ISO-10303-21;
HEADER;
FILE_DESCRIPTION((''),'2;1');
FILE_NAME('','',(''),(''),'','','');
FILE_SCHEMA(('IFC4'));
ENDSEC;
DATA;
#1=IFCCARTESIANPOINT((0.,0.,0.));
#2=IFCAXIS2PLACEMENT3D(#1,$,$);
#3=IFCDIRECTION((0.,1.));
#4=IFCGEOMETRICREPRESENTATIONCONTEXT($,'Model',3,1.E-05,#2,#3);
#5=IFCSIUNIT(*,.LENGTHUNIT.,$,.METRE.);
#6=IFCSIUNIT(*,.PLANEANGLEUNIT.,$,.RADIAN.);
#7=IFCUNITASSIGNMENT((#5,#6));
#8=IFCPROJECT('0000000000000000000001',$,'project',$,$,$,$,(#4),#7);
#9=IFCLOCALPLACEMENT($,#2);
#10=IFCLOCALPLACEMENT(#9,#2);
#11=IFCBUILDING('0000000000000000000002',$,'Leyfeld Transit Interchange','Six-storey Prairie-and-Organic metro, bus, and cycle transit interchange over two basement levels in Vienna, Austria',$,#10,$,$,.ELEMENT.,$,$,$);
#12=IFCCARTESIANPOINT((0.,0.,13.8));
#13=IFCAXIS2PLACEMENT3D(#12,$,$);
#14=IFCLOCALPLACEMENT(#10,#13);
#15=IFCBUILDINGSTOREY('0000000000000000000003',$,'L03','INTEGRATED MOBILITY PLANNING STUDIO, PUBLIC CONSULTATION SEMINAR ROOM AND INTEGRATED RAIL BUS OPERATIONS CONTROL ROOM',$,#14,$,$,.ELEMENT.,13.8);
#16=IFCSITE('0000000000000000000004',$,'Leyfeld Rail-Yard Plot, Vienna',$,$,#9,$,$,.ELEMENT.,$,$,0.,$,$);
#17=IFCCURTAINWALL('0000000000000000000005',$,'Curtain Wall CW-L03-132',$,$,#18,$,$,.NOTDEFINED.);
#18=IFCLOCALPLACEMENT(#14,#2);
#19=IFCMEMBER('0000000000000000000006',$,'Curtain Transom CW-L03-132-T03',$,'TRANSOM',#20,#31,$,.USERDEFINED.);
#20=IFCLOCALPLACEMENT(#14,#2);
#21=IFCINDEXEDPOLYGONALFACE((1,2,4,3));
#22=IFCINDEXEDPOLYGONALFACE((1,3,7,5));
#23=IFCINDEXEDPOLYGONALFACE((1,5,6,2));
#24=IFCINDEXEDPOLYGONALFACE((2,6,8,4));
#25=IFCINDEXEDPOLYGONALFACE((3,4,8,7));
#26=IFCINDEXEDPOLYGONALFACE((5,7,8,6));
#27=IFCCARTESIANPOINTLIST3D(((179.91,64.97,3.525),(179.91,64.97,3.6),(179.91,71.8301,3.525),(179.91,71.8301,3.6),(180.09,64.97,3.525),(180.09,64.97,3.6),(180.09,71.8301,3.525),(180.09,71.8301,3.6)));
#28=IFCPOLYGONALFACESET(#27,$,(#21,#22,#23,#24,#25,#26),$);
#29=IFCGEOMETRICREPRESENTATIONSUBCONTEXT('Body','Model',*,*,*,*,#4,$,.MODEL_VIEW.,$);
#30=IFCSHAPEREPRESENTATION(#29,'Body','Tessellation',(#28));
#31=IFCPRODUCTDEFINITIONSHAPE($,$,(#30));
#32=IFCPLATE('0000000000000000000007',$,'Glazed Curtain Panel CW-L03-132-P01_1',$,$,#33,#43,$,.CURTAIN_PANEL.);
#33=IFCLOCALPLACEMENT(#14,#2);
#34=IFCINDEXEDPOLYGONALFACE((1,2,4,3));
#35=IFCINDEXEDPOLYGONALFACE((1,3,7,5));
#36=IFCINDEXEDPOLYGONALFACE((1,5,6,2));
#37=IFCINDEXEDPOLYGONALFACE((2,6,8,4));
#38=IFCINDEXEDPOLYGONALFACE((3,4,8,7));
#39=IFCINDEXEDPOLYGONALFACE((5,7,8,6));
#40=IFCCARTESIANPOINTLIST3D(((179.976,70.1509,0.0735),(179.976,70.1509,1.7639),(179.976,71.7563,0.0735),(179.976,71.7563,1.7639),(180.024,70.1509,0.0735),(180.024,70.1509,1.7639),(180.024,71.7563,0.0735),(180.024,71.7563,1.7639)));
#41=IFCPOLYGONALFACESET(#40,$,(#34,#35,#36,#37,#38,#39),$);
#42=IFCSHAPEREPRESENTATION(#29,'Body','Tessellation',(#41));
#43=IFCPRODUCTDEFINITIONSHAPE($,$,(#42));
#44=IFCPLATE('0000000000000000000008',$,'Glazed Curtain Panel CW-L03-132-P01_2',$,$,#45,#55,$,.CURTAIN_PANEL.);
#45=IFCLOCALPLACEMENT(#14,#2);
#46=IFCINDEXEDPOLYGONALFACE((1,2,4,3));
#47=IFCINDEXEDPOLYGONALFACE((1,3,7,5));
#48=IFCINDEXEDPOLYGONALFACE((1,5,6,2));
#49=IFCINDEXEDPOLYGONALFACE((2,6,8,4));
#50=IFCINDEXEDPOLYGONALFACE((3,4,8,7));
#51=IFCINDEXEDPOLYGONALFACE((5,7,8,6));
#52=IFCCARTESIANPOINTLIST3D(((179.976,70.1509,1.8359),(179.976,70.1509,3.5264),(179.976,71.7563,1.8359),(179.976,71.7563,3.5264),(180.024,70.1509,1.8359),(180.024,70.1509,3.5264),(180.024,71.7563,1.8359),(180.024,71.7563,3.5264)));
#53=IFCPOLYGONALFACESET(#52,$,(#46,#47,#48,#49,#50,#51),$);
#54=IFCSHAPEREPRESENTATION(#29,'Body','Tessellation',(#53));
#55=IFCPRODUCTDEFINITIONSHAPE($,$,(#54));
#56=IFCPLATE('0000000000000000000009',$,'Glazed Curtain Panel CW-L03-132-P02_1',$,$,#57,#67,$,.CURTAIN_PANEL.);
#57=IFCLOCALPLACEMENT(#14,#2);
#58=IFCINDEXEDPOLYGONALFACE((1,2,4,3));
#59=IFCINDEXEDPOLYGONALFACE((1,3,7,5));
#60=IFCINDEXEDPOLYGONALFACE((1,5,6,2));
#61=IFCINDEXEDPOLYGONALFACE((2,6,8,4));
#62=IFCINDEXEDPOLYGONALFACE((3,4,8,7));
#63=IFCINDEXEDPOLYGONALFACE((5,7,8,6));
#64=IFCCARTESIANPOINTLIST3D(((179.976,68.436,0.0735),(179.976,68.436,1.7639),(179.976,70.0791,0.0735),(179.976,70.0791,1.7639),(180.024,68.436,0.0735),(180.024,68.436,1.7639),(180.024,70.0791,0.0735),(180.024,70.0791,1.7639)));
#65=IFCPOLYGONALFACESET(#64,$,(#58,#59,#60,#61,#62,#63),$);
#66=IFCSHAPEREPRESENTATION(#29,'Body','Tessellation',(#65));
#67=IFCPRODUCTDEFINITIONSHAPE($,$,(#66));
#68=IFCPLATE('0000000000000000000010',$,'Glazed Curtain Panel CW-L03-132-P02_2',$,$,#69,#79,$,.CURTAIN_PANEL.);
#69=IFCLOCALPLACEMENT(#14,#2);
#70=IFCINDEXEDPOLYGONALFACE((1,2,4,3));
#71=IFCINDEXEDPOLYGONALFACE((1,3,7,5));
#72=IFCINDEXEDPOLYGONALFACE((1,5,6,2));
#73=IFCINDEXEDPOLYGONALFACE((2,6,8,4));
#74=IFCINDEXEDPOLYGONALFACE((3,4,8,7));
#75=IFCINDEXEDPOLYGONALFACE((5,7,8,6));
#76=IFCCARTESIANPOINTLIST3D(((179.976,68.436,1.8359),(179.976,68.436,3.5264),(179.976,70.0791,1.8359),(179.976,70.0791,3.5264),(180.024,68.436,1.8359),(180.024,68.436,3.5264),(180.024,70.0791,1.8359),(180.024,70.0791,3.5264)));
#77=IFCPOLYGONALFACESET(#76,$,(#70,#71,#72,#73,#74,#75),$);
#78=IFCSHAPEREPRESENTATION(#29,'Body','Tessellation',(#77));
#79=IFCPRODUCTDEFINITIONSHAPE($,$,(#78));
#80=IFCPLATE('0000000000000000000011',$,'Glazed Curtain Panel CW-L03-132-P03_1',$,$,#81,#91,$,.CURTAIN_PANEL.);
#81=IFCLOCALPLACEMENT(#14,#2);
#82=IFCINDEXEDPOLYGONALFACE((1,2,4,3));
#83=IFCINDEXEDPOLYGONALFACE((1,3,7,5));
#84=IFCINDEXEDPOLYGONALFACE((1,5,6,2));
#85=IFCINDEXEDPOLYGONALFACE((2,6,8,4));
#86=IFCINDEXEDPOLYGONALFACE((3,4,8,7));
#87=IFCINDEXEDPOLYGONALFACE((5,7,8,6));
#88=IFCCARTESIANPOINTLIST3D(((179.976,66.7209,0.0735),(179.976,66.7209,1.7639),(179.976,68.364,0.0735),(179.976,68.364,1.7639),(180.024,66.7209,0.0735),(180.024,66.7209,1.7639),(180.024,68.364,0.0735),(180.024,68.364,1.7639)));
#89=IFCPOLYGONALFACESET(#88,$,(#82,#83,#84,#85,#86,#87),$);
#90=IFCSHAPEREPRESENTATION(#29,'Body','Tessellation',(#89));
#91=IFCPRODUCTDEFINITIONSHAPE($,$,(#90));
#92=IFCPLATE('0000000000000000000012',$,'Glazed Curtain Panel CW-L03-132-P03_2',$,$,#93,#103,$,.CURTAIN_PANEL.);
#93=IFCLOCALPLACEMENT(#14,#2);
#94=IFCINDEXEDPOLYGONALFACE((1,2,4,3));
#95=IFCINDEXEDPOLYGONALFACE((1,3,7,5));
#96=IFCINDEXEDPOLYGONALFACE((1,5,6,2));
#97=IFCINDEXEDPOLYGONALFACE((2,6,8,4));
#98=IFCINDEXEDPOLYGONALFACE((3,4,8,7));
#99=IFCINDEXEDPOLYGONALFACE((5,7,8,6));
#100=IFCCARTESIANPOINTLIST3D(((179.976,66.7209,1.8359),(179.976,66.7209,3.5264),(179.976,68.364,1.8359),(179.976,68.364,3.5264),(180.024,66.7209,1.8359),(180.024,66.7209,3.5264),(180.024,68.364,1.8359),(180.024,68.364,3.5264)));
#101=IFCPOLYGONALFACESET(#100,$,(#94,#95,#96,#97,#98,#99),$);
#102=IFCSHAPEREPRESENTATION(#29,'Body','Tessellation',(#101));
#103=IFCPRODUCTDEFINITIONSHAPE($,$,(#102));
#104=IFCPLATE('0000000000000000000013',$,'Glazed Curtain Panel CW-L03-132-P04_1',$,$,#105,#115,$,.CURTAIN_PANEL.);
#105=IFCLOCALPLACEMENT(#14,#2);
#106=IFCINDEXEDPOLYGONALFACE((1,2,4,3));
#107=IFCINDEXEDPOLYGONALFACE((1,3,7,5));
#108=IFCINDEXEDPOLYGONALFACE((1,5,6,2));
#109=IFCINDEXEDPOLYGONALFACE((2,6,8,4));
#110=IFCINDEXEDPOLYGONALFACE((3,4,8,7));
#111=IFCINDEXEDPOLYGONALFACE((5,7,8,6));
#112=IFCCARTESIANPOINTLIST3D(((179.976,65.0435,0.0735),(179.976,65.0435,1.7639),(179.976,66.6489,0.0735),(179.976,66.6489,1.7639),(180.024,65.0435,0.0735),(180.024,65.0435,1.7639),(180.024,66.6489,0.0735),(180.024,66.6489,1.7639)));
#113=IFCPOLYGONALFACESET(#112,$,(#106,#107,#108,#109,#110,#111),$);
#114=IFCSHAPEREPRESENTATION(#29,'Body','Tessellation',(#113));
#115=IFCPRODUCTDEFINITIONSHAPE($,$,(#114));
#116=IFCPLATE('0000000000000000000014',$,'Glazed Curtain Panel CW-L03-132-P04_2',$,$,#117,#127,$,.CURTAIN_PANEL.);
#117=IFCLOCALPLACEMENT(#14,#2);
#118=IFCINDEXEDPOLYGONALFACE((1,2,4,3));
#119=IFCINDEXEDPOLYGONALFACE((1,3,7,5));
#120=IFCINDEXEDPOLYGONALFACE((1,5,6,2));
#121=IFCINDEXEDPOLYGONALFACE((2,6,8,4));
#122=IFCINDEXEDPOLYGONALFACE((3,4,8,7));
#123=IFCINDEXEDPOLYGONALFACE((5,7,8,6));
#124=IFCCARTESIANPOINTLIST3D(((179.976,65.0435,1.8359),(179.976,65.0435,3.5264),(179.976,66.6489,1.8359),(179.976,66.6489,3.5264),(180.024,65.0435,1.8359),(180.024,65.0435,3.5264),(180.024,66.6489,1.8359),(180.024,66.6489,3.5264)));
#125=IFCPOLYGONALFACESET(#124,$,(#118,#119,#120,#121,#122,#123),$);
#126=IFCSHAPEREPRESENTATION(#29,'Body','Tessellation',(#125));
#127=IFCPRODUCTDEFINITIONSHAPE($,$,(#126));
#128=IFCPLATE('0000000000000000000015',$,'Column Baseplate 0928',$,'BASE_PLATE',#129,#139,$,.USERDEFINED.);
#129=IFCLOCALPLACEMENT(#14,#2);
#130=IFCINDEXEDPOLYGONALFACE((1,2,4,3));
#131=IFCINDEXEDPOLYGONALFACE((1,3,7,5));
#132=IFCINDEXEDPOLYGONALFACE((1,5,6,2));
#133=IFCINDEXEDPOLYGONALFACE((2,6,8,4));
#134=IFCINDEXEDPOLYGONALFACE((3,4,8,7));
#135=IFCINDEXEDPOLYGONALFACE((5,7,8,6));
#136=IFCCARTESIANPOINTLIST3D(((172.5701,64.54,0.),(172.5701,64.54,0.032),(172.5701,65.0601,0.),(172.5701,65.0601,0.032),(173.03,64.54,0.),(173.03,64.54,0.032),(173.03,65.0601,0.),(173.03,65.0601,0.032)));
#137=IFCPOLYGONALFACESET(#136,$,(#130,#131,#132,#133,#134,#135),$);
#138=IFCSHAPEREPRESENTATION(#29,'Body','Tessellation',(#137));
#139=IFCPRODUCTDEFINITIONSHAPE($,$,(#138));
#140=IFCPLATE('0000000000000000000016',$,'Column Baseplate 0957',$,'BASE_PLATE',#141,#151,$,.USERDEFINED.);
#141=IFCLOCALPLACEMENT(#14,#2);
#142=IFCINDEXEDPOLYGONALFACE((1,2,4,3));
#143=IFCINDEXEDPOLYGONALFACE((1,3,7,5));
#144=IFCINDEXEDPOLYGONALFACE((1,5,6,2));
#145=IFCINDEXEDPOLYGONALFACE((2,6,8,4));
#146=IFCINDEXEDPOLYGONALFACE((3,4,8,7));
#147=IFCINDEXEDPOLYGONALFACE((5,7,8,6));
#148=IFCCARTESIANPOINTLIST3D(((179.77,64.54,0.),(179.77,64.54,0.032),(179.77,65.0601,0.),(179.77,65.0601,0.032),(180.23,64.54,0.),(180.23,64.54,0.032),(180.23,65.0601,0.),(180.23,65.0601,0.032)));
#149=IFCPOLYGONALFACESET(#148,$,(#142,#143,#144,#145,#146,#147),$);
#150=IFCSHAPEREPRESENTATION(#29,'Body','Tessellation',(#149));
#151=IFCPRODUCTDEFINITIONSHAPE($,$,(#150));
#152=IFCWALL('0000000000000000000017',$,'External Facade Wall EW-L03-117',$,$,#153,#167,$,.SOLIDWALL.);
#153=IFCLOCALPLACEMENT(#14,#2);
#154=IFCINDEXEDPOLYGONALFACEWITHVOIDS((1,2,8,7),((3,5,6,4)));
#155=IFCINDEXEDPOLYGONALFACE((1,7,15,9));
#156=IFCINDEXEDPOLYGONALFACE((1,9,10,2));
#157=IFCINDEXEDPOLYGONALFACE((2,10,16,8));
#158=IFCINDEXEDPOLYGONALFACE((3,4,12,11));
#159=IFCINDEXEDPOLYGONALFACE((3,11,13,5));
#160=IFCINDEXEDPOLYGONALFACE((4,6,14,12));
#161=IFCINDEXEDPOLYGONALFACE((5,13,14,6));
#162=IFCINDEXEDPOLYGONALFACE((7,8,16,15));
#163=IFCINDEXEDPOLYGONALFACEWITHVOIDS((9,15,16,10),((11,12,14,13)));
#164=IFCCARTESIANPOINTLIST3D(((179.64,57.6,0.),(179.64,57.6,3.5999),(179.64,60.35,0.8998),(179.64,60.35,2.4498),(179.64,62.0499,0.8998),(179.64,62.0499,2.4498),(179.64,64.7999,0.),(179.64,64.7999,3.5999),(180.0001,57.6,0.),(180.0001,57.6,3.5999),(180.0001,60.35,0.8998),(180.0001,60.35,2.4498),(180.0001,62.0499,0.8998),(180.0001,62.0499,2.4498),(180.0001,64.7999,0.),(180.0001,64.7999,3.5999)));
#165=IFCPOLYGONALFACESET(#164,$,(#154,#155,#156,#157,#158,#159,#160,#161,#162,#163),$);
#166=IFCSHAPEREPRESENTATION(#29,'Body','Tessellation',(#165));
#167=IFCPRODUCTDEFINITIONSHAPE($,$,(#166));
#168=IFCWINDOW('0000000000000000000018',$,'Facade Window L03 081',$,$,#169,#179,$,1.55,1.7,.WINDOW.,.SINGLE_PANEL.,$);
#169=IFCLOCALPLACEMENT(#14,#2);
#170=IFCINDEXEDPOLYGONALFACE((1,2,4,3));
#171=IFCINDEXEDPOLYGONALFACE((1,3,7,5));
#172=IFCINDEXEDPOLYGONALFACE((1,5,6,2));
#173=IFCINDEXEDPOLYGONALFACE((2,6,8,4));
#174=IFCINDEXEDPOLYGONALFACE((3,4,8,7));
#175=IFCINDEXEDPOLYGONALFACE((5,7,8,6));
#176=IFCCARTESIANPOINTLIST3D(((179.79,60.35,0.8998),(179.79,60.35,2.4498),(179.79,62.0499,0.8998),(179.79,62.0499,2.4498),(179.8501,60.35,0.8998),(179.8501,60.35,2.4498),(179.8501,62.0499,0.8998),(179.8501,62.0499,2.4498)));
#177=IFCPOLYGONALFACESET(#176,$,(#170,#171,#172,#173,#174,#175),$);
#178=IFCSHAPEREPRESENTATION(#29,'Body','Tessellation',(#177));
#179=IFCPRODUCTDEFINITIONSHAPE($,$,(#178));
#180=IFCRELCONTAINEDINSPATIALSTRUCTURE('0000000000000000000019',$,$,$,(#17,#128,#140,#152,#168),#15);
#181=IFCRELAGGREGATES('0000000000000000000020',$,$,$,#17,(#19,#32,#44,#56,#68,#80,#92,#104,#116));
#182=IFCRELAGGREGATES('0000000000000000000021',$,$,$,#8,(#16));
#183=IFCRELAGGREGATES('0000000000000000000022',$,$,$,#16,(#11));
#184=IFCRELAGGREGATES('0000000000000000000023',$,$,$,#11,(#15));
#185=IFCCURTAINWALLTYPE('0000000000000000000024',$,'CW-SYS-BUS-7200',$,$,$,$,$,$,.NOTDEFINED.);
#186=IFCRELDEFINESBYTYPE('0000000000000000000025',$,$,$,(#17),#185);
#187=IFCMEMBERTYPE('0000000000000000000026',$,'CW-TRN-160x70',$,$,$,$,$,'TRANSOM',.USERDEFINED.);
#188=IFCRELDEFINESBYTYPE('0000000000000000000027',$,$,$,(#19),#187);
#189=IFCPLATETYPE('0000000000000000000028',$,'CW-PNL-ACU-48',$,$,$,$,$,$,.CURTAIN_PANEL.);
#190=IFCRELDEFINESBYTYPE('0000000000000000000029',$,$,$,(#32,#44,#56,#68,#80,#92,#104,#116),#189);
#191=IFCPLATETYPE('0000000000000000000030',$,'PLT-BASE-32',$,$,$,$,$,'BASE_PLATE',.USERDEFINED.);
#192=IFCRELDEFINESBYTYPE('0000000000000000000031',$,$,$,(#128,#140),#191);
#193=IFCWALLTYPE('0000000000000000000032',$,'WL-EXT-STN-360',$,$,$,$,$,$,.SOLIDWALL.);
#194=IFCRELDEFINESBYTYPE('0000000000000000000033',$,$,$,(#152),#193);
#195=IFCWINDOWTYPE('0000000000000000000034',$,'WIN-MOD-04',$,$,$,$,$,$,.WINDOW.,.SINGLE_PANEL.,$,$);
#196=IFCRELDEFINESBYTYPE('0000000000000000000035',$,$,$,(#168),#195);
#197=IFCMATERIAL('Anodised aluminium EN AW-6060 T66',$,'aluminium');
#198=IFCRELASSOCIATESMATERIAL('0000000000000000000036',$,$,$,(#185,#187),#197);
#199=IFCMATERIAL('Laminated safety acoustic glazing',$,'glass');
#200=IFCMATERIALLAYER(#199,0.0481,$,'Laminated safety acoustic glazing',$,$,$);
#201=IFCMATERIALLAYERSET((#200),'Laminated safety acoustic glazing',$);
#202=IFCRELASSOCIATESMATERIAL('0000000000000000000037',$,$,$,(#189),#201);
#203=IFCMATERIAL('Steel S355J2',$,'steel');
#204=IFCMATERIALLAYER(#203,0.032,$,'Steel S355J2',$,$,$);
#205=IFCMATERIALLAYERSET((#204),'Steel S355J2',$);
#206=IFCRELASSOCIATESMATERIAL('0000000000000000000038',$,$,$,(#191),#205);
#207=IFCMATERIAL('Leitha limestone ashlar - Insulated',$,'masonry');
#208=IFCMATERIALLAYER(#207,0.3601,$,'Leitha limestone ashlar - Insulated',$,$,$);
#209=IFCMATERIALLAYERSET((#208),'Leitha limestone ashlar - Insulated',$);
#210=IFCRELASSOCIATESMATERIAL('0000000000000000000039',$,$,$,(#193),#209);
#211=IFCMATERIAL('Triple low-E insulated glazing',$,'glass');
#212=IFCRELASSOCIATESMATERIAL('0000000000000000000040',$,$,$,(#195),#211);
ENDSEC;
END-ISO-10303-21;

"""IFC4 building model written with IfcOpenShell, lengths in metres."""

from ifc_helpers import new_model, si_unit, direction, frame, frame_2d, origin, origin_2d, place, context, subcontext, project, spatial, rectangle, extrude, material, layer, layer_set, material_profile, profile_set, type_object, element, fill, aggregate, save


model = new_model("IFC4")

# Units and contexts
model_context = context("Model", 3, precision=1e-05, world=origin(), true_north=direction((0.0, 1.0)))
body_context = subcontext(model_context, "Body", "Model", "MODEL_VIEW")
ifc_project = project(units=[si_unit("LENGTHUNIT", "METRE"), si_unit("PLANEANGLEUNIT", "RADIAN")], contexts=[model_context])

# Site, building, storey
site_placement = place(None, origin())
site = spatial("IfcSite", under=ifc_project, at=site_placement, Name="Leyfeld Rail-Yard Plot, Vienna", CompositionType="ELEMENT", RefElevation=0.0)
building_placement = place(site_placement, origin())
building = spatial("IfcBuilding", under=site, at=building_placement, Name="Leyfeld Transit Interchange", Description="Six-storey Prairie-and-Organic metro, bus, and cycle transit interchange over two basement levels in Vienna, Austria", CompositionType="ELEMENT")
storey_placement = place(building_placement, frame((0.0, 0.0, 13.8)))
storey = spatial("IfcBuildingStorey", under=building, at=storey_placement, Name="L03", Description="INTEGRATED MOBILITY PLANNING STUDIO, PUBLIC CONSULTATION SEMINAR ROOM AND INTEGRATED RAIL BUS OPERATIONS CONTROL ROOM", CompositionType="ELEMENT", Elevation=13.8)

# Shared definitions
ifc_material_1 = material(Name="Steel S355J2", Category="steel")

# Curtain wall, member, plates
ifc_material_2 = material(Name="Anodised aluminium EN AW-6060 T66", Category="aluminium")
curtain_wall_type = type_object("IfcCurtainWallType", Name="CW-SYS-BUS-7200", PredefinedType="NOTDEFINED", material=ifc_material_2)
curtain_wall_placement = place(storey_placement, origin())
curtain_wall = element("IfcCurtainWall", 1, at=curtain_wall_placement, inside=storey, type_object=curtain_wall_type, Name="Curtain Wall CW-L03-132", PredefinedType="NOTDEFINED")
ifc_material_profile_1 = material_profile(ifc_material_2, rectangle(XDim=0.1799, YDim=0.075, at=origin_2d()), Name="CW-TRN-160x70")
ifc_profile_set_1 = profile_set([ifc_material_profile_1], Name="Anodised aluminium EN AW-6060 T66")
member_type_1 = type_object("IfcMemberType", Name="CW-TRN-160x70", ElementType="TRANSOM", PredefinedType="USERDEFINED", material=ifc_profile_set_1)
member_1_placement = place(storey_placement, frame((180.0, 71.8301, 3.5625), z_axis=(0.0, -1.0, 0.0), x_axis=(1.0, 0.0, 0.0)))
member_1 = element("IfcMember", 2, at=member_1_placement, type_object=member_type_1, Name="Curtain Transom CW-L03-132-T03", ObjectType="TRANSOM", PredefinedType="USERDEFINED", context=body_context, shape_type="SweptSolid", body=[
    extrude(rectangle(XDim=0.1799, YDim=0.075, at=origin_2d()), origin(), (0.0, 0.0, 1.0), 6.8601),
])
ifc_material_3 = material(Name="Laminated safety acoustic glazing", Category="glass")
ifc_layer_1 = layer(ifc_material_3, 0.0481, Name="Laminated safety acoustic glazing")
ifc_layer_set_1 = layer_set([ifc_layer_1], Name="Laminated safety acoustic glazing")
plate_type_1 = type_object("IfcPlateType", Name="CW-PNL-ACU-48", PredefinedType="CURTAIN_PANEL", material=ifc_layer_set_1)
plate_1_placement = place(storey_placement, frame((180.0, 70.9536, 0.0735), z_axis=(0.0, 0.0, 1.0), x_axis=(0.0, -1.0, 0.0)))
plate_1 = element("IfcPlate", 3, at=plate_1_placement, type_object=plate_type_1, Name="Glazed Curtain Panel CW-L03-132-P01_1", PredefinedType="CURTAIN_PANEL", context=body_context, shape_type="SweptSolid", body=[
    extrude(rectangle(XDim=1.6055, YDim=0.0481, at=origin_2d()), origin(), (0.0, 0.0, 1.0), 1.6904),
])
plate_2_placement = place(storey_placement, frame((180.0, 70.9536, 1.8359), z_axis=(0.0, 0.0, 1.0), x_axis=(0.0, -1.0, 0.0)))
plate_2 = element("IfcPlate", 4, at=plate_2_placement, type_object=plate_type_1, Name="Glazed Curtain Panel CW-L03-132-P01_2", PredefinedType="CURTAIN_PANEL", context=body_context, shape_type="SweptSolid", body=[
    extrude(rectangle(XDim=1.6055, YDim=0.0481, at=origin_2d()), origin(), (0.0, 0.0, 1.0), 1.6904),
])
plate_3_placement = place(storey_placement, frame((180.0, 69.2576, 0.0735), z_axis=(0.0, 0.0, 1.0), x_axis=(0.0, -1.0, 0.0)))
plate_3 = element("IfcPlate", 5, at=plate_3_placement, type_object=plate_type_1, Name="Glazed Curtain Panel CW-L03-132-P02_1", PredefinedType="CURTAIN_PANEL", context=body_context, shape_type="SweptSolid", body=[
    extrude(rectangle(XDim=1.6431, YDim=0.0481, at=origin_2d()), origin(), (0.0, 0.0, 1.0), 1.6904),
])
plate_4_placement = place(storey_placement, frame((180.0, 69.2576, 1.8359), z_axis=(0.0, 0.0, 1.0), x_axis=(0.0, -1.0, 0.0)))
plate_4 = element("IfcPlate", 6, at=plate_4_placement, type_object=plate_type_1, Name="Glazed Curtain Panel CW-L03-132-P02_2", PredefinedType="CURTAIN_PANEL", context=body_context, shape_type="SweptSolid", body=[
    extrude(rectangle(XDim=1.6431, YDim=0.0481, at=origin_2d()), origin(), (0.0, 0.0, 1.0), 1.6904),
])
plate_5_placement = place(storey_placement, frame((180.0, 67.5425, 0.0735), z_axis=(0.0, 0.0, 1.0), x_axis=(0.0, -1.0, 0.0)))
plate_5 = element("IfcPlate", 7, at=plate_5_placement, type_object=plate_type_1, Name="Glazed Curtain Panel CW-L03-132-P03_1", PredefinedType="CURTAIN_PANEL", context=body_context, shape_type="SweptSolid", body=[
    extrude(rectangle(XDim=1.6431, YDim=0.0481, at=origin_2d()), origin(), (0.0, 0.0, 1.0), 1.6904),
])
plate_6_placement = place(storey_placement, frame((180.0, 67.5425, 1.8359), z_axis=(0.0, 0.0, 1.0), x_axis=(0.0, -1.0, 0.0)))
plate_6 = element("IfcPlate", 8, at=plate_6_placement, type_object=plate_type_1, Name="Glazed Curtain Panel CW-L03-132-P03_2", PredefinedType="CURTAIN_PANEL", context=body_context, shape_type="SweptSolid", body=[
    extrude(rectangle(XDim=1.6431, YDim=0.0481, at=origin_2d()), origin(), (0.0, 0.0, 1.0), 1.6904),
])
plate_7_placement = place(storey_placement, frame((180.0, 65.8462, 0.0735), z_axis=(0.0, 0.0, 1.0), x_axis=(0.0, -1.0, 0.0)))
plate_7 = element("IfcPlate", 9, at=plate_7_placement, type_object=plate_type_1, Name="Glazed Curtain Panel CW-L03-132-P04_1", PredefinedType="CURTAIN_PANEL", context=body_context, shape_type="SweptSolid", body=[
    extrude(rectangle(XDim=1.6055, YDim=0.0481, at=origin_2d()), origin(), (0.0, 0.0, 1.0), 1.6904),
])
plate_8_placement = place(storey_placement, frame((180.0, 65.8462, 1.8359), z_axis=(0.0, 0.0, 1.0), x_axis=(0.0, -1.0, 0.0)))
plate_8 = element("IfcPlate", 10, at=plate_8_placement, type_object=plate_type_1, Name="Glazed Curtain Panel CW-L03-132-P04_2", PredefinedType="CURTAIN_PANEL", context=body_context, shape_type="SweptSolid", body=[
    extrude(rectangle(XDim=1.6055, YDim=0.0481, at=origin_2d()), origin(), (0.0, 0.0, 1.0), 1.6904),
])
aggregate(curtain_wall, [member_1, plate_1, plate_2, plate_3, plate_4, plate_5, plate_6, plate_7, plate_8])

# Plates
ifc_layer_2 = layer(ifc_material_1, 0.032, Name="Steel S355J2")
ifc_layer_set_2 = layer_set([ifc_layer_2], Name="Steel S355J2")
plate_type_2 = type_object("IfcPlateType", Name="PLT-BASE-32", ElementType="BASE_PLATE", PredefinedType="USERDEFINED", material=ifc_layer_set_2)
for number, where, z_axis, x_axis, name in (
    (11, (172.8, 64.8, 0.0), (0.0, 0.0, 1.0), (1.0, 0.0, 0.0), "Column Baseplate 0928"),
    (12, (180.0, 64.8, 0.0), (0.0, 0.0, 1.0), (1.0, 0.0, 0.0), "Column Baseplate 0957"),
):
    element("IfcPlate", number, at=place(storey_placement, frame(where, z_axis=z_axis, x_axis=x_axis)), inside=storey, type_object=plate_type_2, Name=name, ObjectType="BASE_PLATE", PredefinedType="USERDEFINED", context=body_context, shape_type="SweptSolid", body=[
        extrude(rectangle(XDim=0.46, YDim=0.52, at=origin_2d()), origin(), (0.0, 0.0, 1.0), 0.032),
    ])

# Wall, opening, window
ifc_material_4 = material(Name="Leitha limestone ashlar - Insulated", Category="masonry")
ifc_layer_3 = layer(ifc_material_4, 0.3601, Name="Leitha limestone ashlar - Insulated")
ifc_layer_set_3 = layer_set([ifc_layer_3], Name="Leitha limestone ashlar - Insulated")
wall_type = type_object("IfcWallType", Name="WL-EXT-STN-360", PredefinedType="SOLIDWALL", material=ifc_layer_set_3)
wall_placement = place(storey_placement, frame((179.8201, 64.8, 0.0), z_axis=(0.0, 0.0, 1.0), x_axis=(0.0, -1.0, 0.0)))
wall = element("IfcWall", 13, at=wall_placement, inside=storey, type_object=wall_type, Name="External Facade Wall EW-L03-117", PredefinedType="SOLIDWALL", context=body_context, shape_type="SweptSolid", body=[
    extrude(rectangle(XDim=7.2, YDim=0.3601, at=frame_2d((3.6001, 0.0))), origin(), (0.0, 0.0, 1.0), 3.5999),
])
opening_placement = place(wall_placement, frame((2.75, 0.0, 0.8999)))
opening = element("IfcOpeningElement", 14, at=opening_placement, cuts=wall, PredefinedType="OPENING", context=body_context, shape_type="SweptSolid", body=[
    extrude(rectangle(XDim=1.7, YDim=1.55, at=frame_2d((0.8501, 0.7749))), frame((0.0, 0.1899, 0.0), z_axis=(0.0, -1.0, 0.0), x_axis=(1.0, 0.0, 0.0)), (0.0, 0.0, 1.0), 0.3801),
])
ifc_material_5 = material(Name="Triple low-E insulated glazing", Category="glass")
window_type = type_object("IfcWindowType", Name="WIN-MOD-04", PartitioningType="SINGLE_PANEL", PredefinedType="WINDOW", material=ifc_material_5)
window_placement = place(opening_placement, origin())
window = element("IfcWindow", 15, at=window_placement, inside=storey, type_object=window_type, Name="Facade Window L03 081", OverallHeight=1.55, OverallWidth=1.7, PartitioningType="SINGLE_PANEL", PredefinedType="WINDOW", context=body_context, shape_type="SweptSolid", body=[
    extrude(rectangle(XDim=1.7, YDim=1.55, at=frame_2d((0.8501, 0.7749))), frame((0.0, 0.03, 0.0), z_axis=(0.0, -1.0, 0.0), x_axis=(1.0, 0.0, 0.0)), (0.0, 0.0, 1.0), 0.0601),
])
fill(opening, window)

save(model, "model.ifc")
